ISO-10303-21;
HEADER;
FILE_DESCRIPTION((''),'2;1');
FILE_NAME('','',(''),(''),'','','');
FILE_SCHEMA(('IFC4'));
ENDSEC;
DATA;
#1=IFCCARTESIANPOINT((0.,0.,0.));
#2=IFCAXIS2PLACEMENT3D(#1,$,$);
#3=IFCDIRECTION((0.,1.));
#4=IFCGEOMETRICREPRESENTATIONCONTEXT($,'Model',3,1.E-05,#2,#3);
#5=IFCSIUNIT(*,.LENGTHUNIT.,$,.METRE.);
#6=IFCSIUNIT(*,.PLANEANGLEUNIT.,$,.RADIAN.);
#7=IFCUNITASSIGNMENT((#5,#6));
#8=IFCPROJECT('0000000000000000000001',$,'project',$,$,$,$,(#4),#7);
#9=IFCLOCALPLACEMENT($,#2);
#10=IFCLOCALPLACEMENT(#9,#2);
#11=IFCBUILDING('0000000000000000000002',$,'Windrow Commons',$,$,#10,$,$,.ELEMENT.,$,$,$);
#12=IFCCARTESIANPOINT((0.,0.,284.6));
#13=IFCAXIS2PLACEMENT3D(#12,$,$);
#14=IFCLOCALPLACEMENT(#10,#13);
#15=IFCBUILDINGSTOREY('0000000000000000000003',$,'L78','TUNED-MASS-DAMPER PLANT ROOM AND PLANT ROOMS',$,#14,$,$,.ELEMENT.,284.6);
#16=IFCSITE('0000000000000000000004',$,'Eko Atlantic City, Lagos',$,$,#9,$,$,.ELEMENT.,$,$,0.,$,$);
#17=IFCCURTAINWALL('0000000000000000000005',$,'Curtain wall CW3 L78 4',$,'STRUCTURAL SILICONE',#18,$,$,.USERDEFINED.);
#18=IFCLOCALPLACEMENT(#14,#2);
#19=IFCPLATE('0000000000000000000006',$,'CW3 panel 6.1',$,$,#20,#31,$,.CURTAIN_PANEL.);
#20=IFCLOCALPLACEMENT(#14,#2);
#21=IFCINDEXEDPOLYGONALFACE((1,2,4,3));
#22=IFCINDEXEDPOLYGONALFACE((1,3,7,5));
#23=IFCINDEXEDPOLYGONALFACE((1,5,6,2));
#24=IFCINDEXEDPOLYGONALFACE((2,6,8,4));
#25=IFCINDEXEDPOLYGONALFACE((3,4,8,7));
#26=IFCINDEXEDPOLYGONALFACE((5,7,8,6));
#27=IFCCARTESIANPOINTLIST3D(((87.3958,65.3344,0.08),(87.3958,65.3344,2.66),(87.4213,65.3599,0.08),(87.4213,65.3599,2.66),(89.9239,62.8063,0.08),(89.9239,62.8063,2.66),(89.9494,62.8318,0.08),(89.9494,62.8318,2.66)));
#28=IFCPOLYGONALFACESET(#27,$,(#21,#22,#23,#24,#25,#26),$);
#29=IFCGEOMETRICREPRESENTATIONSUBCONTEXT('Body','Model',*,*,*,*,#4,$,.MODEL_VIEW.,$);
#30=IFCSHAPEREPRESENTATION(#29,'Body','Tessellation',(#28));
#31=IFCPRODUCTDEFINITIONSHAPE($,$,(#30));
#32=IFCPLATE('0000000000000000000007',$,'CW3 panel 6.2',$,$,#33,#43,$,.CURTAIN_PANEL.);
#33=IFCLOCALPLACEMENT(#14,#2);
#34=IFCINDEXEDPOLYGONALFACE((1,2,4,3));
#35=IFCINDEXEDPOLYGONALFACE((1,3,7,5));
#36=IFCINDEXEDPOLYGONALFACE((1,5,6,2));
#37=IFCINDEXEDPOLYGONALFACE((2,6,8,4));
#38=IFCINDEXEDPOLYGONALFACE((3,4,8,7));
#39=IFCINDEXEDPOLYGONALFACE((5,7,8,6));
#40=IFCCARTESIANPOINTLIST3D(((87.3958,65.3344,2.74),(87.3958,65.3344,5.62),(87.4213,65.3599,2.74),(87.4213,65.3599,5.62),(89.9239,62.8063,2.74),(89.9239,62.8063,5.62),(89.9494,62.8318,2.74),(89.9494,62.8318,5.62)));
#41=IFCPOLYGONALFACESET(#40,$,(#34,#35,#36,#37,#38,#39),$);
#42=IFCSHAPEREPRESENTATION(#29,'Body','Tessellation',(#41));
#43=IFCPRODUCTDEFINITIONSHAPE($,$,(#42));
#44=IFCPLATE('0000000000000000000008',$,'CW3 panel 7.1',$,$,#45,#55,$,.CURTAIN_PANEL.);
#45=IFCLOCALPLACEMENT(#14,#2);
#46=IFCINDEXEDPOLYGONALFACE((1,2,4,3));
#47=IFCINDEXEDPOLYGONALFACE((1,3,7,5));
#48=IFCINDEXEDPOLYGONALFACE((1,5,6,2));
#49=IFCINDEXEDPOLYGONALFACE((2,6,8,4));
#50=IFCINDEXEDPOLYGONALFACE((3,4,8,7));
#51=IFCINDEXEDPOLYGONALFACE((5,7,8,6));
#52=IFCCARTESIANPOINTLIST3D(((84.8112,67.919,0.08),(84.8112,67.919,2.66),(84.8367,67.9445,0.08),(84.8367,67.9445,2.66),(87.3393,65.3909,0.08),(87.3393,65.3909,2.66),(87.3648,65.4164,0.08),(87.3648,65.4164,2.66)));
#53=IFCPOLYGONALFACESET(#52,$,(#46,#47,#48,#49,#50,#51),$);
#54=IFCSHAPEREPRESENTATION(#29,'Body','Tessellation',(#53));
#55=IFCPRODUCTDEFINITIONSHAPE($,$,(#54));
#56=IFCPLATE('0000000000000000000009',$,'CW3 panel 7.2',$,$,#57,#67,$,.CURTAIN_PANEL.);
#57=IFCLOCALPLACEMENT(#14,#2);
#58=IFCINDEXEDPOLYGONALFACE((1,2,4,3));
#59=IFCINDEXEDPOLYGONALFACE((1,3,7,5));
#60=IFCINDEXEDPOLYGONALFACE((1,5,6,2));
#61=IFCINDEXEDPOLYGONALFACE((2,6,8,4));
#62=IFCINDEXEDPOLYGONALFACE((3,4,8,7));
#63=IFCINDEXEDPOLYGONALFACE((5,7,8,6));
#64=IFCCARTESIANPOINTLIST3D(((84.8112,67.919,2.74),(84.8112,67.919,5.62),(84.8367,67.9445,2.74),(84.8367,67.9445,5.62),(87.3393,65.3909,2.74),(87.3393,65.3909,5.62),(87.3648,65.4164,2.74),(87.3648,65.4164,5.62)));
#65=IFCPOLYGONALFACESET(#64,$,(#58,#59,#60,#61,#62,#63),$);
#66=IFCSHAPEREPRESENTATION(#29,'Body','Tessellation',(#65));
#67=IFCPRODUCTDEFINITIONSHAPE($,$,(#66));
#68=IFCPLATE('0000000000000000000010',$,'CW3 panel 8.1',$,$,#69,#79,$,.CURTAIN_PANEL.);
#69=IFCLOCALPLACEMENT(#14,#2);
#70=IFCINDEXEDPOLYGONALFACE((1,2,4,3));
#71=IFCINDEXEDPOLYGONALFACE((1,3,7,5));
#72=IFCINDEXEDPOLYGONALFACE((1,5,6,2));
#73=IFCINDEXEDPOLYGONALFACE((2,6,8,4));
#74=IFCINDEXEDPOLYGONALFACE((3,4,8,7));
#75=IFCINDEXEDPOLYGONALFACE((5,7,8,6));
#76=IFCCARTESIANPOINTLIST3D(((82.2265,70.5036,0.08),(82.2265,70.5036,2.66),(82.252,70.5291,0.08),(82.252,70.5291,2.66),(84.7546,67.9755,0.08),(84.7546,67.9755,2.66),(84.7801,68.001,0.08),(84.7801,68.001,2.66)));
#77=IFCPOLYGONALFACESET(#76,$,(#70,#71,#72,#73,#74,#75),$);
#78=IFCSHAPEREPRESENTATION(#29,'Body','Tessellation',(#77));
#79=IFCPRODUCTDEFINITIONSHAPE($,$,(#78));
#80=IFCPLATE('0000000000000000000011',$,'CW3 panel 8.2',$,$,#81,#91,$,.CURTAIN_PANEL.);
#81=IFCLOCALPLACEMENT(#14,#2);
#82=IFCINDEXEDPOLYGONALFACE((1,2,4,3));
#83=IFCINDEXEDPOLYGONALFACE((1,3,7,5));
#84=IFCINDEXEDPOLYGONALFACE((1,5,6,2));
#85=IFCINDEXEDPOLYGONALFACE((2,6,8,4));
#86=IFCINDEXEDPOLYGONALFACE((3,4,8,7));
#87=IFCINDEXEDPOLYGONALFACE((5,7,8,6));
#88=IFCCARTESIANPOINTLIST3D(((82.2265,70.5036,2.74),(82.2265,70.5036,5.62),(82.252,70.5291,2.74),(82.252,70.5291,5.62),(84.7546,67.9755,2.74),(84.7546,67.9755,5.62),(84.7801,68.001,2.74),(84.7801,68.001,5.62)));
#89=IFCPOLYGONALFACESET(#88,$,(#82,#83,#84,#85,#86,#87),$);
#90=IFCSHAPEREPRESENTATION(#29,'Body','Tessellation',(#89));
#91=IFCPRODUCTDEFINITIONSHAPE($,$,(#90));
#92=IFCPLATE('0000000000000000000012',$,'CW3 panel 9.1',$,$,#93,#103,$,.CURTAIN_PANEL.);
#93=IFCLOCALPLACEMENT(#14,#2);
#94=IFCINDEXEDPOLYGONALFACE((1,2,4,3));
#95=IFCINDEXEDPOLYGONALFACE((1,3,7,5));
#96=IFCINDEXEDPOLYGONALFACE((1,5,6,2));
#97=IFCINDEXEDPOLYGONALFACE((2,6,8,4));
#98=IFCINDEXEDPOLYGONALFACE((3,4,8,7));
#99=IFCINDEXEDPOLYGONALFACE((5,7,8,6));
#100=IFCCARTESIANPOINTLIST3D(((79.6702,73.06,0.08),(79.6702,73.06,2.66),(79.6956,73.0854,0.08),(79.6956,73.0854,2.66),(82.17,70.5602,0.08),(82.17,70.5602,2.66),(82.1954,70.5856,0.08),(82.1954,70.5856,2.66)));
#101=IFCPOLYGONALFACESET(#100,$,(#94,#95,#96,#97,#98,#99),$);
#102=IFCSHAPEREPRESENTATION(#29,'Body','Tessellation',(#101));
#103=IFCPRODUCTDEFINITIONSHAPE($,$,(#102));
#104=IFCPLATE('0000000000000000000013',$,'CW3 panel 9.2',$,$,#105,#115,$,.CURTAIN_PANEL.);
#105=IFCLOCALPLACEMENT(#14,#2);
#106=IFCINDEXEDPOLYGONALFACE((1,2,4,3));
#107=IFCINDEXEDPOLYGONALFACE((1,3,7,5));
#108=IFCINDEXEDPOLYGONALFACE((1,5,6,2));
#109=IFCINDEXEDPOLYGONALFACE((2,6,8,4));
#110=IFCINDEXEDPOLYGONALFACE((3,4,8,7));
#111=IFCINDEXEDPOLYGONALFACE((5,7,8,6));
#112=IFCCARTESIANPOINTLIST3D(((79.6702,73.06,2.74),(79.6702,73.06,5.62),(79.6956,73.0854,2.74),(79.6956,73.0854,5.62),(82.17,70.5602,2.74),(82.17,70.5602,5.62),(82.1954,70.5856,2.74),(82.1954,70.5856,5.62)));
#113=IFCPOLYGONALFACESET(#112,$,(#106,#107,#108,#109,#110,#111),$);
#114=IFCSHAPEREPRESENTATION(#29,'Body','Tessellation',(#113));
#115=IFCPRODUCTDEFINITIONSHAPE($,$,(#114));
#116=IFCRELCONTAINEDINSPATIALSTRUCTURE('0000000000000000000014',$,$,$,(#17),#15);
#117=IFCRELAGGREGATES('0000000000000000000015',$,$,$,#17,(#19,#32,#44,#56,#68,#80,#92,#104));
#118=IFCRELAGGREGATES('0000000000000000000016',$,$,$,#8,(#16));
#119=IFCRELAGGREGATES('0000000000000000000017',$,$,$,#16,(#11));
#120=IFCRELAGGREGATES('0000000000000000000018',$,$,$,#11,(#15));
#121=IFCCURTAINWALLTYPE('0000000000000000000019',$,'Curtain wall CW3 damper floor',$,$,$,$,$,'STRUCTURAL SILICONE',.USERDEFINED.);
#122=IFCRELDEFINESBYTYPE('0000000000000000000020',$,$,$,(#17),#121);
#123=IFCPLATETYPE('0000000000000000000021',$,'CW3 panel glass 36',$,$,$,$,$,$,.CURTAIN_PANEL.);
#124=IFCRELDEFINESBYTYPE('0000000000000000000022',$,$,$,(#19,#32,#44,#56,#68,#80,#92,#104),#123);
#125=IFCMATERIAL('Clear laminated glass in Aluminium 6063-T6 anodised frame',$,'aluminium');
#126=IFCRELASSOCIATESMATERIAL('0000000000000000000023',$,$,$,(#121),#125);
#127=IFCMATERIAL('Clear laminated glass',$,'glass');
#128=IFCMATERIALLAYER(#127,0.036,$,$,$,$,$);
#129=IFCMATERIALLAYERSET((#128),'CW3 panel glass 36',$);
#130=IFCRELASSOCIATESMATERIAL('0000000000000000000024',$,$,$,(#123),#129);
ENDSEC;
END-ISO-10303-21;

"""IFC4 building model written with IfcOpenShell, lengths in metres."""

from ifc_helpers import new_model, si_unit, direction, frame, origin, origin_2d, place, context, subcontext, project, spatial, rectangle, extrude, material, layer, layer_set, type_object, element, aggregate, save


model = new_model("IFC4")

# Units and contexts
model_context = context("Model", 3, precision=1e-05, world=origin(), true_north=direction((0.0, 1.0)))
body_context = subcontext(model_context, "Body", "Model", "MODEL_VIEW")
ifc_project = project(units=[si_unit("LENGTHUNIT", "METRE"), si_unit("PLANEANGLEUNIT", "RADIAN")], contexts=[model_context])

# Site, building, storey
site_placement = place(None, origin())
site = spatial("IfcSite", under=ifc_project, at=site_placement, Name="Eko Atlantic City, Lagos", CompositionType="ELEMENT", RefElevation=0.0)
building_placement = place(site_placement, origin())
building = spatial("IfcBuilding", under=site, at=building_placement, Name="Windrow Commons", CompositionType="ELEMENT")
storey_placement = place(building_placement, frame((0.0, 0.0, 284.6)))
storey = spatial("IfcBuildingStorey", under=building, at=storey_placement, Name="L78", Description="TUNED-MASS-DAMPER PLANT ROOM AND PLANT ROOMS", CompositionType="ELEMENT", Elevation=284.6)

# Curtain wall
ifc_material_1 = material(Name="Clear laminated glass in Aluminium 6063-T6 anodised frame", Category="aluminium")
curtain_wall_type = type_object("IfcCurtainWallType", Name="Curtain wall CW3 damper floor", ElementType="STRUCTURAL SILICONE", PredefinedType="USERDEFINED", material=ifc_material_1)
curtain_wall_placement = place(storey_placement, origin())
curtain_wall = element("IfcCurtainWall", 1, at=curtain_wall_placement, inside=storey, type_object=curtain_wall_type, Name="Curtain wall CW3 L78 4", ObjectType="STRUCTURAL SILICONE", PredefinedType="USERDEFINED")

# Plates
ifc_material_2 = material(Name="Clear laminated glass", Category="glass")
ifc_layer = layer(ifc_material_2, 0.036)
ifc_layer_set = layer_set([ifc_layer], Name="CW3 panel glass 36")
plate_type = type_object("IfcPlateType", Name="CW3 panel glass 36", PredefinedType="CURTAIN_PANEL", material=ifc_layer_set)
plate_1_placement = place(storey_placement, frame((88.6726, 64.0831, 0.08), z_axis=(0.0, 0.0, 1.0), x_axis=(-0.707107, 0.707107, 0.0)))
plate_1 = element("IfcPlate", 2, at=plate_1_placement, type_object=plate_type, Name="CW3 panel 6.1", PredefinedType="CURTAIN_PANEL", context=body_context, shape_type="SweptSolid", body=[
    extrude(rectangle(XDim=3.5752, YDim=0.036, at=origin_2d()), origin(), (0.0, 0.0, 1.0), 2.58),
])
plate_2_placement = place(storey_placement, frame((88.6726, 64.0831, 2.74), z_axis=(0.0, 0.0, 1.0), x_axis=(-0.707107, 0.707107, 0.0)))
plate_2 = element("IfcPlate", 3, at=plate_2_placement, type_object=plate_type, Name="CW3 panel 6.2", PredefinedType="CURTAIN_PANEL", context=body_context, shape_type="SweptSolid", body=[
    extrude(rectangle(XDim=3.5752, YDim=0.036, at=origin_2d()), origin(), (0.0, 0.0, 1.0), 2.88),
])
plate_3_placement = place(storey_placement, frame((86.088, 66.6677, 0.08), z_axis=(0.0, 0.0, 1.0), x_axis=(-0.707107, 0.707107, 0.0)))
plate_3 = element("IfcPlate", 4, at=plate_3_placement, type_object=plate_type, Name="CW3 panel 7.1", PredefinedType="CURTAIN_PANEL", context=body_context, shape_type="SweptSolid", body=[
    extrude(rectangle(XDim=3.5752, YDim=0.036, at=origin_2d()), origin(), (0.0, 0.0, 1.0), 2.58),
])
plate_4_placement = place(storey_placement, frame((86.088, 66.6677, 2.74), z_axis=(0.0, 0.0, 1.0), x_axis=(-0.707107, 0.707107, 0.0)))
plate_4 = element("IfcPlate", 5, at=plate_4_placement, type_object=plate_type, Name="CW3 panel 7.2", PredefinedType="CURTAIN_PANEL", context=body_context, shape_type="SweptSolid", body=[
    extrude(rectangle(XDim=3.5752, YDim=0.036, at=origin_2d()), origin(), (0.0, 0.0, 1.0), 2.88),
])
plate_5_placement = place(storey_placement, frame((83.5033, 69.2523, 0.08), z_axis=(0.0, 0.0, 1.0), x_axis=(-0.707107, 0.707107, 0.0)))
plate_5 = element("IfcPlate", 6, at=plate_5_placement, type_object=plate_type, Name="CW3 panel 8.1", PredefinedType="CURTAIN_PANEL", context=body_context, shape_type="SweptSolid", body=[
    extrude(rectangle(XDim=3.5752, YDim=0.036, at=origin_2d()), origin(), (0.0, 0.0, 1.0), 2.58),
])
plate_6_placement = place(storey_placement, frame((83.5033, 69.2523, 2.74), z_axis=(0.0, 0.0, 1.0), x_axis=(-0.707107, 0.707107, 0.0)))
plate_6 = element("IfcPlate", 7, at=plate_6_placement, type_object=plate_type, Name="CW3 panel 8.2", PredefinedType="CURTAIN_PANEL", context=body_context, shape_type="SweptSolid", body=[
    extrude(rectangle(XDim=3.5752, YDim=0.036, at=origin_2d()), origin(), (0.0, 0.0, 1.0), 2.88),
])
plate_7_placement = place(storey_placement, frame((80.9328, 71.8228, 0.08), z_axis=(0.0, 0.0, 1.0), x_axis=(-0.707107, 0.707107, 0.0)))
plate_7 = element("IfcPlate", 8, at=plate_7_placement, type_object=plate_type, Name="CW3 panel 9.1", PredefinedType="CURTAIN_PANEL", context=body_context, shape_type="SweptSolid", body=[
    extrude(rectangle(XDim=3.5352, YDim=0.036, at=origin_2d()), origin(), (0.0, 0.0, 1.0), 2.58),
])
plate_8_placement = place(storey_placement, frame((80.9328, 71.8228, 2.74), z_axis=(0.0, 0.0, 1.0), x_axis=(-0.707107, 0.707107, 0.0)))
plate_8 = element("IfcPlate", 9, at=plate_8_placement, type_object=plate_type, Name="CW3 panel 9.2", PredefinedType="CURTAIN_PANEL", context=body_context, shape_type="SweptSolid", body=[
    extrude(rectangle(XDim=3.5352, YDim=0.036, at=origin_2d()), origin(), (0.0, 0.0, 1.0), 2.88),
])
aggregate(curtain_wall, [plate_1, plate_2, plate_3, plate_4, plate_5, plate_6, plate_7, plate_8])

save(model, "model.ifc")
